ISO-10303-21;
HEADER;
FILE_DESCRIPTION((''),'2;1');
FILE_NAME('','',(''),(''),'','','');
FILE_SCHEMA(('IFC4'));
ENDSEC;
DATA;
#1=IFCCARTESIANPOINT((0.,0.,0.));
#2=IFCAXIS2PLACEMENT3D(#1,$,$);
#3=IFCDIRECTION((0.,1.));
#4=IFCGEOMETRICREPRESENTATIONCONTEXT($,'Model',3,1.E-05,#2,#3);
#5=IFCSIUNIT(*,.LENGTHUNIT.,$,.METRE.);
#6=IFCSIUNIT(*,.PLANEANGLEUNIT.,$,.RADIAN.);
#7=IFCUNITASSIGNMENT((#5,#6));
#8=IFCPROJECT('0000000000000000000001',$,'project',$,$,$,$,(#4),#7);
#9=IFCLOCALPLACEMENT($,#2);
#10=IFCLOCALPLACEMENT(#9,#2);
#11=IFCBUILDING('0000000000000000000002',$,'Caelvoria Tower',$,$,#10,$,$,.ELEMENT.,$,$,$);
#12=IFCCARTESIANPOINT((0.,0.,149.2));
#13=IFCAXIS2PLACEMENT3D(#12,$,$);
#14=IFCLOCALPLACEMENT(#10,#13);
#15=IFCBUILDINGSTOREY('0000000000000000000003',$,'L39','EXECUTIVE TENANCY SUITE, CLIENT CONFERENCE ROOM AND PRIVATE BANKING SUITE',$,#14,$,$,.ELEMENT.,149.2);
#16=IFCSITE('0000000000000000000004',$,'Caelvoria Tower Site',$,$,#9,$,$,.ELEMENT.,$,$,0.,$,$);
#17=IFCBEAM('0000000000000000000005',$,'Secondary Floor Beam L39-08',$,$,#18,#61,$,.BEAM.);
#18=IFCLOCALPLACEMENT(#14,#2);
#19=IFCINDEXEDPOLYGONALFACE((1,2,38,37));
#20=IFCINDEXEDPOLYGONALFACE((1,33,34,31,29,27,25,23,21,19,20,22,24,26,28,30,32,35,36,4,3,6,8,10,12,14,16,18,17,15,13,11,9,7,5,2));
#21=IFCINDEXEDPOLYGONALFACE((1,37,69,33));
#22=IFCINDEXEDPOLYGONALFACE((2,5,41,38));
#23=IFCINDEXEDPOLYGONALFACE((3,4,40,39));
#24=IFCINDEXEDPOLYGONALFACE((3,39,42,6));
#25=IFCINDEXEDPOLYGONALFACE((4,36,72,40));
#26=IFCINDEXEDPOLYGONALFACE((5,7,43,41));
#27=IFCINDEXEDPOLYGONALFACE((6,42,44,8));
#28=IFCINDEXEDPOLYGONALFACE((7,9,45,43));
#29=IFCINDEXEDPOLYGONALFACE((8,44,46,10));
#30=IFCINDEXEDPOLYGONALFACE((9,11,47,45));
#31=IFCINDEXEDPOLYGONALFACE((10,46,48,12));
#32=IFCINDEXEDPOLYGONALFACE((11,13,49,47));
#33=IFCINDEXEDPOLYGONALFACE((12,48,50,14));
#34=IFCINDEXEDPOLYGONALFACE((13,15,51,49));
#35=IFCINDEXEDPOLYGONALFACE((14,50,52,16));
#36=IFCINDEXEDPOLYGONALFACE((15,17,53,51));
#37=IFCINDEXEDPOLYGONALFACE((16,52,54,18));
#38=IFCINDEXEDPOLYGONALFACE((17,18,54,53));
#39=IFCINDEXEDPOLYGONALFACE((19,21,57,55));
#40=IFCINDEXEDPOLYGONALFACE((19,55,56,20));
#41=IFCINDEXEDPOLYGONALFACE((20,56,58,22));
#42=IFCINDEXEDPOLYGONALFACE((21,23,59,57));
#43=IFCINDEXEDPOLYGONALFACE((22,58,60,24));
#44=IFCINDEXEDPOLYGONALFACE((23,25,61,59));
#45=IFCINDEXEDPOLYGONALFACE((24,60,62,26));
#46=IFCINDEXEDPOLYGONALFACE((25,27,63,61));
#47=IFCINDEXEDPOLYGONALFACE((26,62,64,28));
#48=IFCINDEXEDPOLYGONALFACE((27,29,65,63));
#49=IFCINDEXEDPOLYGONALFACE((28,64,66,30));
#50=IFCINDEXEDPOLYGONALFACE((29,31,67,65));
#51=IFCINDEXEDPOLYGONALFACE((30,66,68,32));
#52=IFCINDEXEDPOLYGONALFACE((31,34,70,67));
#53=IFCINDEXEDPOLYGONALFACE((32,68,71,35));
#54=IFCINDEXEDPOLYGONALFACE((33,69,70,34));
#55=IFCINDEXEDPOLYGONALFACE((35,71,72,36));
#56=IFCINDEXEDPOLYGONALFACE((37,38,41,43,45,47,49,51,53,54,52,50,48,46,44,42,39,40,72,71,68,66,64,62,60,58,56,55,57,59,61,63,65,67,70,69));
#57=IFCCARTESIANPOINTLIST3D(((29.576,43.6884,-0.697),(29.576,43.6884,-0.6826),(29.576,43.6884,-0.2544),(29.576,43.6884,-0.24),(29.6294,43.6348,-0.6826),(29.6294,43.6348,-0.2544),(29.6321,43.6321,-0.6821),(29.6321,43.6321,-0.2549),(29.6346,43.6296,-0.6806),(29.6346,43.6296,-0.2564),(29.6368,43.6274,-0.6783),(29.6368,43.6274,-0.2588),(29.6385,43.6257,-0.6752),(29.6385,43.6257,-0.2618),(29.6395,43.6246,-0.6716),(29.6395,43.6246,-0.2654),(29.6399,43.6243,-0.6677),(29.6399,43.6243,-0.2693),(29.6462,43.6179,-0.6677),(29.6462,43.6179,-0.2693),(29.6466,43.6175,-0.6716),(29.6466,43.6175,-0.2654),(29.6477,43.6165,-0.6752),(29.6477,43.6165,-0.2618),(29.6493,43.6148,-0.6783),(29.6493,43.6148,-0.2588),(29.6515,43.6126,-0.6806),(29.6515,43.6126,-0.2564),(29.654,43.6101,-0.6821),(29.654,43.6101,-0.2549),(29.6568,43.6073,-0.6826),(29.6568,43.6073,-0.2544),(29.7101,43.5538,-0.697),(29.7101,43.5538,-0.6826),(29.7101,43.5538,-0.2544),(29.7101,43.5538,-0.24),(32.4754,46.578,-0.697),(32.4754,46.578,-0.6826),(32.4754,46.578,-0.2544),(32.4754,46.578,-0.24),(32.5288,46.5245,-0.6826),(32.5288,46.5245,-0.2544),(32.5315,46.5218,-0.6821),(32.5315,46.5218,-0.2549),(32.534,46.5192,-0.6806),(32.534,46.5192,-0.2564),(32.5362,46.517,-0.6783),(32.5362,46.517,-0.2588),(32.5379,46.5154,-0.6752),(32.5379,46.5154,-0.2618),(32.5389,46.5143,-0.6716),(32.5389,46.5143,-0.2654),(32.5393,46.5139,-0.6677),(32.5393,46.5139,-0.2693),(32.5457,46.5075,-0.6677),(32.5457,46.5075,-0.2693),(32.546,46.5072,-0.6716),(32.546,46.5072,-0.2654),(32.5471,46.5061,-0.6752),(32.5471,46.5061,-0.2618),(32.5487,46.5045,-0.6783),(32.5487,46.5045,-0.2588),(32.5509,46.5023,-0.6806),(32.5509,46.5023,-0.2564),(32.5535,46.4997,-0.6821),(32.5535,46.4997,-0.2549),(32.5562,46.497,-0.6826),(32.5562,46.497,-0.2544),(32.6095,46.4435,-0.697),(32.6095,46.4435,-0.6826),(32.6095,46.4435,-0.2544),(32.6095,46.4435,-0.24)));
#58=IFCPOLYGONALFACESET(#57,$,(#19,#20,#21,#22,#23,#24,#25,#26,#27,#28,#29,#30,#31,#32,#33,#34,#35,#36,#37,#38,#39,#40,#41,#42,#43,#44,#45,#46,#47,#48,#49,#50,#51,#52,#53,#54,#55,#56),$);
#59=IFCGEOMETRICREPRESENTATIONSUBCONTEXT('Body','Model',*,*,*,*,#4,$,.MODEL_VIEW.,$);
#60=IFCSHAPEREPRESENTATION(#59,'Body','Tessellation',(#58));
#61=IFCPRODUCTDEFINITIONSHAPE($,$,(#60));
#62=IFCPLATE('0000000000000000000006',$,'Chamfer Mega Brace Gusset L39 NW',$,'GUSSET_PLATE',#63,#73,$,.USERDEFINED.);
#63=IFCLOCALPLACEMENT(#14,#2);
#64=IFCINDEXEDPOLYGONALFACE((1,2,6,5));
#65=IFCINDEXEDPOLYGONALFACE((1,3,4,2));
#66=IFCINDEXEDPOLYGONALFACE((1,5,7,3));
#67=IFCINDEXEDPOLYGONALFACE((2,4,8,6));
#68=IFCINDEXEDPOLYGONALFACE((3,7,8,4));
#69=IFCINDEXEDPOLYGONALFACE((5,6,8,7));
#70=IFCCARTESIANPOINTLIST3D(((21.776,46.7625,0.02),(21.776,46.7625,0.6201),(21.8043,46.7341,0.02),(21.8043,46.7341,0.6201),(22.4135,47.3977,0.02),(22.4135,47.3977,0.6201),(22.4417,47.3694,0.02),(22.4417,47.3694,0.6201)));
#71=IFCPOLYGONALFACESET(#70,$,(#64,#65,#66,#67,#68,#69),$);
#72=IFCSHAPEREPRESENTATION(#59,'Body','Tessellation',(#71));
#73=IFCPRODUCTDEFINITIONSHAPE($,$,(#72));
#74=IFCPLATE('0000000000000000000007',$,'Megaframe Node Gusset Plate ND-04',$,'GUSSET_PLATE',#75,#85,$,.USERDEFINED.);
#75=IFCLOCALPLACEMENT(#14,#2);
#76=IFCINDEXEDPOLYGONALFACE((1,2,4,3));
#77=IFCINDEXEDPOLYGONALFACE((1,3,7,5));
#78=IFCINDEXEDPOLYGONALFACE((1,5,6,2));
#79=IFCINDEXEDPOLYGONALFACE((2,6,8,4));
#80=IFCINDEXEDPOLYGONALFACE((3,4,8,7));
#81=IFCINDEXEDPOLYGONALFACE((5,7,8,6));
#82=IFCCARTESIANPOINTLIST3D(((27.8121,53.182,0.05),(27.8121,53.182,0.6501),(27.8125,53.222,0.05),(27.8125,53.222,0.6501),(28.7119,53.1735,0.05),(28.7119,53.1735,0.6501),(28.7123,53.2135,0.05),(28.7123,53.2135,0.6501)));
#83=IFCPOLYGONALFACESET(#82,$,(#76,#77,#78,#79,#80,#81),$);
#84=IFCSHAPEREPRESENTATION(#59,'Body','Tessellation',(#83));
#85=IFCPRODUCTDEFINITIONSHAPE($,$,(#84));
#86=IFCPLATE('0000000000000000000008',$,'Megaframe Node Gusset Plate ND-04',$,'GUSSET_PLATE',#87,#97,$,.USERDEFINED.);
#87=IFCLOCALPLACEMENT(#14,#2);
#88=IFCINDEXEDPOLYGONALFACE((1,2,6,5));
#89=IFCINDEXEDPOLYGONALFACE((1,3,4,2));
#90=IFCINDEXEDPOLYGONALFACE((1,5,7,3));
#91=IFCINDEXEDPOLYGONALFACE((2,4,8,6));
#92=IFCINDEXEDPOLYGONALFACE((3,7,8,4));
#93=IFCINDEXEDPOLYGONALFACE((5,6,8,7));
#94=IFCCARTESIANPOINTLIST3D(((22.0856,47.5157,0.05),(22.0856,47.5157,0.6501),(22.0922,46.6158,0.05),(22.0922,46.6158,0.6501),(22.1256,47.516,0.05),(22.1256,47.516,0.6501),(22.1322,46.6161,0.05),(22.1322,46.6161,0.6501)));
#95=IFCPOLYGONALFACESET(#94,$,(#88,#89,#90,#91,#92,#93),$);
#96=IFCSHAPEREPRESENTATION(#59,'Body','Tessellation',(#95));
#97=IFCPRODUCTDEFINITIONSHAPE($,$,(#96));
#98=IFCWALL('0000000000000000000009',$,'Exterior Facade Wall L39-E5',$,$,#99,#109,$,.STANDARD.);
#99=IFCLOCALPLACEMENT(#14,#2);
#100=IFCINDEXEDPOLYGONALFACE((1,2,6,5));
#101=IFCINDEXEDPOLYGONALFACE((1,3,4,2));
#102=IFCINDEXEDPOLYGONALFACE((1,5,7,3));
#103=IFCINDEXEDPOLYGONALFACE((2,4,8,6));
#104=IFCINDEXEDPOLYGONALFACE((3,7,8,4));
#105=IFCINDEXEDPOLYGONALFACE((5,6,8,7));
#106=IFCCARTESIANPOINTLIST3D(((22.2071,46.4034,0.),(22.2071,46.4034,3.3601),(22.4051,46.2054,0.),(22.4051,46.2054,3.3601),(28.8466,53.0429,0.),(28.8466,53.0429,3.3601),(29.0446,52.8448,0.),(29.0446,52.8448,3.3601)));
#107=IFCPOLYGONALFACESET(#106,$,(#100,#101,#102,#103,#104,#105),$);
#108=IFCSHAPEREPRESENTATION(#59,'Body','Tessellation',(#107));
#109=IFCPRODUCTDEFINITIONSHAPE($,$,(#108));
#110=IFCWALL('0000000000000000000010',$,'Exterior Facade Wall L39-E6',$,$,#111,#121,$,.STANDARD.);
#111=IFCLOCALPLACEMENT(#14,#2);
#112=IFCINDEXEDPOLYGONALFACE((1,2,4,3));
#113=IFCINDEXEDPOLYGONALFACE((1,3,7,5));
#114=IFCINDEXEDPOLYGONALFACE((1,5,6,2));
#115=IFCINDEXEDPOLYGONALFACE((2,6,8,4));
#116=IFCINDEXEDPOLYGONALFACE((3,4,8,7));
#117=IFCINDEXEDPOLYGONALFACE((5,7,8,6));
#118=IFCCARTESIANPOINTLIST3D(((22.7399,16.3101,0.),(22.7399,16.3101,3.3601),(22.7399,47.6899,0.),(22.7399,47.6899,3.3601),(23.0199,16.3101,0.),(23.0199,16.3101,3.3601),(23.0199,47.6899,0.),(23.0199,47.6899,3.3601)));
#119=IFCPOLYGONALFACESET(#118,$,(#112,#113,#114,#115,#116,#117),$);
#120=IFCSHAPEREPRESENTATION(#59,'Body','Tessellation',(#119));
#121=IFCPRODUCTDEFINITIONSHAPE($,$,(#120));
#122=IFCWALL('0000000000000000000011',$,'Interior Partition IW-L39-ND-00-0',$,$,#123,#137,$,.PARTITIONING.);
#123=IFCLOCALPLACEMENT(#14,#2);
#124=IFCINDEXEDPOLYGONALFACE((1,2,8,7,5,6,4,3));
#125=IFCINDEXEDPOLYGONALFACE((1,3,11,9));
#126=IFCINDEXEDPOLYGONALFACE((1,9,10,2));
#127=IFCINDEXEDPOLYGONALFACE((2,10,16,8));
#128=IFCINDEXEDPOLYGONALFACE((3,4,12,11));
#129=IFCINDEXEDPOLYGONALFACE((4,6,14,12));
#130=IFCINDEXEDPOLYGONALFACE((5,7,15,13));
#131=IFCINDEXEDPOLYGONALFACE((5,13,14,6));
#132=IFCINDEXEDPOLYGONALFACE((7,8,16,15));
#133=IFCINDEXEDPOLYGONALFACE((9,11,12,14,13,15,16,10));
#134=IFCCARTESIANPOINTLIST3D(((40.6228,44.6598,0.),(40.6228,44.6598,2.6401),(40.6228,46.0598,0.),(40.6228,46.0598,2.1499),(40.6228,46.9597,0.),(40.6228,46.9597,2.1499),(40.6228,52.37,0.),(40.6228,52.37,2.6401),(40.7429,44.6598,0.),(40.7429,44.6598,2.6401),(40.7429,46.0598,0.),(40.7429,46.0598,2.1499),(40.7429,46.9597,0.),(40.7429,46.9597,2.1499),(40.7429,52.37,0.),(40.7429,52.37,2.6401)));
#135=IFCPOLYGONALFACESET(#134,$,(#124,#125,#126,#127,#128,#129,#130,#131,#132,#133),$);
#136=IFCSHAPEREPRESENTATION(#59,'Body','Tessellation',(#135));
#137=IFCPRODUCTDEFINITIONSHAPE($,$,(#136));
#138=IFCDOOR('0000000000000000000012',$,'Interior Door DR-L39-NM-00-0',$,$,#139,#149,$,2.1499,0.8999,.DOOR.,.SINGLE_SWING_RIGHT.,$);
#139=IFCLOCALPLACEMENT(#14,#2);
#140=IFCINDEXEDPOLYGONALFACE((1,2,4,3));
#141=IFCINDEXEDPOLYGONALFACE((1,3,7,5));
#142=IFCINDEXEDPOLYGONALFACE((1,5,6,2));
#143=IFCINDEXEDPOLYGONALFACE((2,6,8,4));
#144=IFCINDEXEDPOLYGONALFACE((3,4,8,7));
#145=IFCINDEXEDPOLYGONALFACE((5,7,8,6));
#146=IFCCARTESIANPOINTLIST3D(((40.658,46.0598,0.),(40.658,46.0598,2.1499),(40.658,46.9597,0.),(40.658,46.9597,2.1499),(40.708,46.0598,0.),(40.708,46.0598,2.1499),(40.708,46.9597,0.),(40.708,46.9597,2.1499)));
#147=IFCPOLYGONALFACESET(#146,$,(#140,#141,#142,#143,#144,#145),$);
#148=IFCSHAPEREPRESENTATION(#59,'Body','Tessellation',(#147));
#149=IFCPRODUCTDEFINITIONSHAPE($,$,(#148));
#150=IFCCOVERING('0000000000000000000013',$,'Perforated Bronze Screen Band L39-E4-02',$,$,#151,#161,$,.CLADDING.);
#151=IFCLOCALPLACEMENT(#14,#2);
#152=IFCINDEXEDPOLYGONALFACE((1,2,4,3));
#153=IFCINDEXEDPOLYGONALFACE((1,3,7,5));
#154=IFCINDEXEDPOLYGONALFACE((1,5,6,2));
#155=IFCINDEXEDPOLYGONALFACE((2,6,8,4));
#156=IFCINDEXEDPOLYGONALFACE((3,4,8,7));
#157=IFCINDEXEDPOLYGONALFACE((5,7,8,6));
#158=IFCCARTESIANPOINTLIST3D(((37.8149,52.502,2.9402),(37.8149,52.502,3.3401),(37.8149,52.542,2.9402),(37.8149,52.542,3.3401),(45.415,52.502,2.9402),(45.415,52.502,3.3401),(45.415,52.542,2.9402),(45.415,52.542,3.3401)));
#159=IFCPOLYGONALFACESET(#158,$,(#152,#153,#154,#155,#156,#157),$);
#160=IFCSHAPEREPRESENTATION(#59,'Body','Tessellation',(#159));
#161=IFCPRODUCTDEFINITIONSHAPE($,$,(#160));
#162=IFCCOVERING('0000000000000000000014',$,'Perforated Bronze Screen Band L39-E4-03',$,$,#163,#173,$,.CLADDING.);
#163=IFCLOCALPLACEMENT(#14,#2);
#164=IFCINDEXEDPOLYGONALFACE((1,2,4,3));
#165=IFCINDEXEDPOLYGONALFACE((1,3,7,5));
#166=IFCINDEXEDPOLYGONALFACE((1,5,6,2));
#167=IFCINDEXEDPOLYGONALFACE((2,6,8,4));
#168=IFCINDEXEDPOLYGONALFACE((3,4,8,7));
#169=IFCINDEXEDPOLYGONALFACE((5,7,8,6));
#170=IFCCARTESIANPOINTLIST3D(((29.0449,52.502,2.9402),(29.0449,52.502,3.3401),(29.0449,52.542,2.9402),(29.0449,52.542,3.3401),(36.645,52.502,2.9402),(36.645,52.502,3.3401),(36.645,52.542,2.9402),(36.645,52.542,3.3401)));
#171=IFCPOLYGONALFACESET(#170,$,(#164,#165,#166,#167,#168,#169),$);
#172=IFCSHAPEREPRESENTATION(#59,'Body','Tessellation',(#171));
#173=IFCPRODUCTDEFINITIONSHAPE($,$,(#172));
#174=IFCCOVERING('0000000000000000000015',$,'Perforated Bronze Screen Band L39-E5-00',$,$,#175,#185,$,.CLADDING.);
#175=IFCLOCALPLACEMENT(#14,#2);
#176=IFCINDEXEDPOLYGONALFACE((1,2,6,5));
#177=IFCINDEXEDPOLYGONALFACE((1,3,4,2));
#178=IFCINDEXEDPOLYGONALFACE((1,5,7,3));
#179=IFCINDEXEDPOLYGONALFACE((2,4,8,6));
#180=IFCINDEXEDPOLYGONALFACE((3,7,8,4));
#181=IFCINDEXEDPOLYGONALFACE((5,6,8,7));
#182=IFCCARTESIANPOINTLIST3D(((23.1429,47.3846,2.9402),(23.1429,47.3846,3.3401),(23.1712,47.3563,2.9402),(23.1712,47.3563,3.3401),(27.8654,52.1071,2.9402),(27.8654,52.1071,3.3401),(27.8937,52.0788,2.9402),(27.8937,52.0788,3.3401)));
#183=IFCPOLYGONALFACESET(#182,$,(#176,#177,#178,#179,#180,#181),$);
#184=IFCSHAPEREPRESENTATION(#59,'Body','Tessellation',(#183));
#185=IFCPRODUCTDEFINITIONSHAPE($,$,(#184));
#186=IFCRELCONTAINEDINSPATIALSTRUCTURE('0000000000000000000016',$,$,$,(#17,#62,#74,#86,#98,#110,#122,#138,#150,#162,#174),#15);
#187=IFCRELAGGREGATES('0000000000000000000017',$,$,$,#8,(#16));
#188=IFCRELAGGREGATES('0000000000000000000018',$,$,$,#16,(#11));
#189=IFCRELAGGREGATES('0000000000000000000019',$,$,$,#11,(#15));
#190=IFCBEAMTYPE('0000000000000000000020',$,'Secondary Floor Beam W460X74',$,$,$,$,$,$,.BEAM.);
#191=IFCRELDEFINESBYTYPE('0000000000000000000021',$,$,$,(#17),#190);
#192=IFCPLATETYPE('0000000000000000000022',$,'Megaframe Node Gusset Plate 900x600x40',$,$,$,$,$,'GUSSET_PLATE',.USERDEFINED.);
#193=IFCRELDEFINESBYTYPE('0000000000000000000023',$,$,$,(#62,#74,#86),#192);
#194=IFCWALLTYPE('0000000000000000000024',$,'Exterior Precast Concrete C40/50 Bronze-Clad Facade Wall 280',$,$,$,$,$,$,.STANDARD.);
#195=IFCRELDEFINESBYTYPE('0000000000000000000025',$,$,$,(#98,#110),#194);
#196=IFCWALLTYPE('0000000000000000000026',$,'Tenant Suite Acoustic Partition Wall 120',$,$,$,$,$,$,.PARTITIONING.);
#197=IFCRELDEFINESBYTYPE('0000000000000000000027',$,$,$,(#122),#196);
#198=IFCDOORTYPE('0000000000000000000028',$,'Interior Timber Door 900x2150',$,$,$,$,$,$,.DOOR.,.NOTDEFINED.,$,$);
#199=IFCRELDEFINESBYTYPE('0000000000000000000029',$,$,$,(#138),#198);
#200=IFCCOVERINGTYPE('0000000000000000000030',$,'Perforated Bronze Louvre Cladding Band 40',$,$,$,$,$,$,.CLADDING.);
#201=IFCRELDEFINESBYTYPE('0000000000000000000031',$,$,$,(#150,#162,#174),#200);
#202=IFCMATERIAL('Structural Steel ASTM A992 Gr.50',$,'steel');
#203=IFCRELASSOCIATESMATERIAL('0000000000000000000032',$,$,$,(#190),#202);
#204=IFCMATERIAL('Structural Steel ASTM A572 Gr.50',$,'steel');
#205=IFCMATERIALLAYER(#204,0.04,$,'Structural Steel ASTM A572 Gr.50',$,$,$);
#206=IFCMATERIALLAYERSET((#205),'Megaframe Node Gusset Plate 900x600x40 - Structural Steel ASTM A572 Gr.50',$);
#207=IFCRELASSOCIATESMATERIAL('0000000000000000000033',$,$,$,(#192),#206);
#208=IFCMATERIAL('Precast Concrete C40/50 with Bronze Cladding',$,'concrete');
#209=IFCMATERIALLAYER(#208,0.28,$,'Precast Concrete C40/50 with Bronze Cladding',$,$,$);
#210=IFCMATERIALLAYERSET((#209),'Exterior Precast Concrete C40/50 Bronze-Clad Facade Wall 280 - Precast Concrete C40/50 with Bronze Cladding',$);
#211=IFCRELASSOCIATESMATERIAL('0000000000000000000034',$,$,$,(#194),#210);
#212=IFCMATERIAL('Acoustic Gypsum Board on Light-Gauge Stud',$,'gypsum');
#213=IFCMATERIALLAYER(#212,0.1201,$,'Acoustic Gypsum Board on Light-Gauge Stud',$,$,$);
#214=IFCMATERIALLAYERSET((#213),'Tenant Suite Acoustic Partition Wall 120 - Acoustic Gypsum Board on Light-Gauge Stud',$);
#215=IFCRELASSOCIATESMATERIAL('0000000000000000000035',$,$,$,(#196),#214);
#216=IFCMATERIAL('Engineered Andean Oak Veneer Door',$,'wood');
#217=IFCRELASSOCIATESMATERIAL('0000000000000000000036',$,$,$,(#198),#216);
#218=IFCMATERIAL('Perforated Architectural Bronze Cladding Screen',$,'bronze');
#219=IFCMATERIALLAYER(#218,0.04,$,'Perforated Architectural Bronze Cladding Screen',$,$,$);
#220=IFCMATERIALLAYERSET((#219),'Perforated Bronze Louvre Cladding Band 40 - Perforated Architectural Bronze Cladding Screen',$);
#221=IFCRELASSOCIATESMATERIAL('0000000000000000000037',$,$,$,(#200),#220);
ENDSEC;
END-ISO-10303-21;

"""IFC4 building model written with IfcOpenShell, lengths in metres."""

from ifc_helpers import new_model, si_unit, direction, frame, frame_2d, origin, origin_2d, place, context, subcontext, project, spatial, rectangle, i_section, extrude, material, layer, layer_set, material_profile, profile_set, type_object, element, fill, save


model = new_model("IFC4")

# Units and contexts
model_context = context("Model", 3, precision=1e-05, world=origin(), true_north=direction((0.0, 1.0)))
body_context = subcontext(model_context, "Body", "Model", "MODEL_VIEW")
ifc_project = project(units=[si_unit("LENGTHUNIT", "METRE"), si_unit("PLANEANGLEUNIT", "RADIAN")], contexts=[model_context])

# Site, building, storey
site_placement = place(None, origin())
site = spatial("IfcSite", under=ifc_project, at=site_placement, Name="Caelvoria Tower Site", CompositionType="ELEMENT", RefElevation=0.0)
building_placement = place(site_placement, origin())
building = spatial("IfcBuilding", under=site, at=building_placement, Name="Caelvoria Tower", CompositionType="ELEMENT")
storey_placement = place(building_placement, frame((0.0, 0.0, 149.2)))
storey = spatial("IfcBuildingStorey", under=building, at=storey_placement, Name="L39", Description="EXECUTIVE TENANCY SUITE, CLIENT CONFERENCE ROOM AND PRIVATE BANKING SUITE", CompositionType="ELEMENT", Elevation=149.2)

# Shared definitions
ifc_material_1 = material(Name="Structural Steel ASTM A572 Gr.50", Category="steel")

# Beam
ifc_material_2 = material(Name="Structural Steel ASTM A992 Gr.50", Category="steel")
ifc_material_profile_1 = material_profile(ifc_material_2, i_section(OverallWidth=0.1899, OverallDepth=0.457, WebThickness=0.009, FlangeThickness=0.0144, FilletRadius=0.0149, at=origin_2d()), Name="Structural Steel ASTM A992 Gr.50")
ifc_profile_set_1 = profile_set([ifc_material_profile_1], Name="W460X74 - Structural Steel ASTM A992 Gr.50")
beam_type_1 = type_object("IfcBeamType", Name="Secondary Floor Beam W460X74", PredefinedType="BEAM", material=ifc_profile_set_1)
beam_1_placement = place(storey_placement, frame((32.5425, 46.5107, -0.4685), z_axis=(-0.708299, -0.705913, 0.0), x_axis=(0.705913, -0.708299, 0.0)))
element("IfcBeam", 1, at=beam_1_placement, inside=storey, type_object=beam_type_1, Name="Secondary Floor Beam L39-08", PredefinedType="BEAM", context=body_context, shape_type="SweptSolid", body=[
    extrude(i_section(OverallWidth=0.1899, OverallDepth=0.457, WebThickness=0.009, FlangeThickness=0.0144, FilletRadius=0.0149, at=origin_2d()), origin(), (0.0, 0.0, 1.0), 4.0935),
])

# Plates
ifc_layer_1 = layer(ifc_material_1, 0.04, Name="Structural Steel ASTM A572 Gr.50")
ifc_layer_set_1 = layer_set([ifc_layer_1], Name="Megaframe Node Gusset Plate 900x600x40 - Structural Steel ASTM A572 Gr.50")
plate_type = type_object("IfcPlateType", Name="Megaframe Node Gusset Plate 900x600x40", ElementType="GUSSET_PLATE", PredefinedType="USERDEFINED", material=ifc_layer_set_1)
for number, where, z_axis, x_axis, name in (
    (2, (22.1089, 47.0659, 0.02), (0.0, 0.0, 1.0), (0.708326, 0.705885, 0.0), "Chamfer Mega Brace Gusset L39 NW"),
    (3, (28.2622, 53.1978, 0.05), (0.0, 0.0, 1.0), (0.999955, -0.00946, 0.0), "Megaframe Node Gusset Plate ND-04"),
    (4, (22.1089, 47.0659, 0.05), (0.0, 0.0, 1.0), (0.007367, -0.999973, 0.0), "Megaframe Node Gusset Plate ND-04"),
):
    element("IfcPlate", number, at=place(storey_placement, frame(where, z_axis=z_axis, x_axis=x_axis)), inside=storey, type_object=plate_type, Name=name, ObjectType="GUSSET_PLATE", PredefinedType="USERDEFINED", context=body_context, shape_type="SweptSolid", body=[
        extrude(rectangle(XDim=0.8999, YDim=0.04, at=origin_2d()), origin(), (0.0, 0.0, 1.0), 0.6001),
    ])

# Walls
ifc_material_3 = material(Name="Precast Concrete C40/50 with Bronze Cladding", Category="concrete")
ifc_layer_2 = layer(ifc_material_3, 0.28, Name="Precast Concrete C40/50 with Bronze Cladding")
ifc_layer_set_2 = layer_set([ifc_layer_2], Name="Exterior Precast Concrete C40/50 Bronze-Clad Facade Wall 280 - Precast Concrete C40/50 with Bronze Cladding")
wall_type_1 = type_object("IfcWallType", Name="Exterior Precast Concrete C40/50 Bronze-Clad Facade Wall 280", PredefinedType="STANDARD", material=ifc_layer_set_2)
wall_1_placement = place(storey_placement, frame((28.9456, 52.9438, 0.0), z_axis=(0.0, 0.0, 1.0), x_axis=(-0.707107, -0.707107, 0.0)))
element("IfcWall", 5, at=wall_1_placement, inside=storey, type_object=wall_type_1, Name="Exterior Facade Wall L39-E5", PredefinedType="STANDARD", context=body_context, shape_type="SweptSolid", body=[
    extrude(rectangle(XDim=9.3896, YDim=0.28, at=frame_2d((4.6948, 0.0))), origin(), (0.0, 0.0, 1.0), 3.3601),
])
wall_2_placement = place(storey_placement, frame((22.8799, 47.6899, 0.0), z_axis=(0.0, 0.0, 1.0), x_axis=(0.0, -1.0, 0.0)))
element("IfcWall", 6, at=wall_2_placement, inside=storey, type_object=wall_type_1, Name="Exterior Facade Wall L39-E6", PredefinedType="STANDARD", context=body_context, shape_type="SweptSolid", body=[
    extrude(rectangle(XDim=31.3799, YDim=0.28, at=frame_2d((15.6899, 0.0))), origin(), (0.0, 0.0, 1.0), 3.3601),
])

# Wall, opening, door
ifc_material_4 = material(Name="Acoustic Gypsum Board on Light-Gauge Stud", Category="gypsum")
ifc_layer_3 = layer(ifc_material_4, 0.1201, Name="Acoustic Gypsum Board on Light-Gauge Stud")
ifc_layer_set_3 = layer_set([ifc_layer_3], Name="Tenant Suite Acoustic Partition Wall 120 - Acoustic Gypsum Board on Light-Gauge Stud")
wall_type_2 = type_object("IfcWallType", Name="Tenant Suite Acoustic Partition Wall 120", PredefinedType="PARTITIONING", material=ifc_layer_set_3)
wall_3_placement = place(storey_placement, frame((40.6829, 44.6599, 0.0), z_axis=(0.0, 0.0, 1.0), x_axis=(0.0, 1.0, 0.0)))
wall_3 = element("IfcWall", 7, at=wall_3_placement, inside=storey, type_object=wall_type_2, Name="Interior Partition IW-L39-ND-00-0", PredefinedType="PARTITIONING", context=body_context, shape_type="SweptSolid", body=[
    extrude(rectangle(XDim=7.7102, YDim=0.1201, at=frame_2d((3.855, 0.0))), origin(), (0.0, 0.0, 1.0), 2.6401),
])
opening_placement = place(wall_3_placement, frame((1.3999, 0.0, 0.0)))
opening = element("IfcOpeningElement", 8, at=opening_placement, cuts=wall_3, PredefinedType="OPENING", context=body_context, shape_type="SweptSolid", body=[
    extrude(rectangle(XDim=0.8999, YDim=2.1499, at=frame_2d((0.45, 1.075))), frame((0.0, 0.0701, 0.0), z_axis=(0.0, -1.0, 0.0), x_axis=(1.0, 0.0, 0.0)), (0.0, 0.0, 1.0), 0.1401),
])
ifc_material_5 = material(Name="Engineered Andean Oak Veneer Door", Category="wood")
door_type = type_object("IfcDoorType", Name="Interior Timber Door 900x2150", OperationType="NOTDEFINED", PredefinedType="DOOR", material=ifc_material_5)
door_placement = place(opening_placement, origin())
door = element("IfcDoor", 9, at=door_placement, inside=storey, type_object=door_type, Name="Interior Door DR-L39-NM-00-0", OperationType="SINGLE_SWING_RIGHT", OverallHeight=2.1499, OverallWidth=0.8999, PredefinedType="DOOR", context=body_context, shape_type="SweptSolid", body=[
    extrude(rectangle(XDim=0.8999, YDim=2.1499, at=frame_2d((0.45, 1.075))), frame((0.0, 0.0249, 0.0), z_axis=(0.0, -1.0, 0.0), x_axis=(1.0, 0.0, 0.0)), (0.0, 0.0, 1.0), 0.05),
])
fill(opening, door)

# Coverings
ifc_material_6 = material(Name="Perforated Architectural Bronze Cladding Screen", Category="bronze")
ifc_layer_4 = layer(ifc_material_6, 0.04, Name="Perforated Architectural Bronze Cladding Screen")
ifc_layer_set_4 = layer_set([ifc_layer_4], Name="Perforated Bronze Louvre Cladding Band 40 - Perforated Architectural Bronze Cladding Screen")
covering_type = type_object("IfcCoveringType", Name="Perforated Bronze Louvre Cladding Band 40", PredefinedType="CLADDING", material=ifc_layer_set_4)
for number, where, z_axis, x_axis, name in (
    (10, (41.615, 52.522, 2.9402), (0.0, 0.0, 1.0), (-1.0, 0.0, 0.0), "Perforated Bronze Screen Band L39-E4-02"),
    (11, (32.845, 52.522, 2.9402), (0.0, 0.0, 1.0), (-1.0, 0.0, 0.0), "Perforated Bronze Screen Band L39-E4-03"),
):
    element("IfcCovering", number, at=place(storey_placement, frame(where, z_axis=z_axis, x_axis=x_axis)), inside=storey, type_object=covering_type, Name=name, PredefinedType="CLADDING", context=body_context, shape_type="SweptSolid", body=[
        extrude(rectangle(XDim=7.6001, YDim=0.04, at=origin_2d()), origin(), (0.0, 0.0, 1.0), 0.3999),
    ])
covering_placement = place(storey_placement, frame((25.5183, 49.7317, 2.9402), z_axis=(0.0, 0.0, 1.0), x_axis=(-0.707107, -0.707107, 0.0)))
element("IfcCovering", 12, at=covering_placement, inside=storey, type_object=covering_type, Name="Perforated Bronze Screen Band L39-E5-00", PredefinedType="CLADDING", context=body_context, shape_type="SweptSolid", body=[
    extrude(rectangle(XDim=6.6787, YDim=0.04, at=origin_2d()), origin(), (0.0, 0.0, 1.0), 0.3999),
])

save(model, "model.ifc")
